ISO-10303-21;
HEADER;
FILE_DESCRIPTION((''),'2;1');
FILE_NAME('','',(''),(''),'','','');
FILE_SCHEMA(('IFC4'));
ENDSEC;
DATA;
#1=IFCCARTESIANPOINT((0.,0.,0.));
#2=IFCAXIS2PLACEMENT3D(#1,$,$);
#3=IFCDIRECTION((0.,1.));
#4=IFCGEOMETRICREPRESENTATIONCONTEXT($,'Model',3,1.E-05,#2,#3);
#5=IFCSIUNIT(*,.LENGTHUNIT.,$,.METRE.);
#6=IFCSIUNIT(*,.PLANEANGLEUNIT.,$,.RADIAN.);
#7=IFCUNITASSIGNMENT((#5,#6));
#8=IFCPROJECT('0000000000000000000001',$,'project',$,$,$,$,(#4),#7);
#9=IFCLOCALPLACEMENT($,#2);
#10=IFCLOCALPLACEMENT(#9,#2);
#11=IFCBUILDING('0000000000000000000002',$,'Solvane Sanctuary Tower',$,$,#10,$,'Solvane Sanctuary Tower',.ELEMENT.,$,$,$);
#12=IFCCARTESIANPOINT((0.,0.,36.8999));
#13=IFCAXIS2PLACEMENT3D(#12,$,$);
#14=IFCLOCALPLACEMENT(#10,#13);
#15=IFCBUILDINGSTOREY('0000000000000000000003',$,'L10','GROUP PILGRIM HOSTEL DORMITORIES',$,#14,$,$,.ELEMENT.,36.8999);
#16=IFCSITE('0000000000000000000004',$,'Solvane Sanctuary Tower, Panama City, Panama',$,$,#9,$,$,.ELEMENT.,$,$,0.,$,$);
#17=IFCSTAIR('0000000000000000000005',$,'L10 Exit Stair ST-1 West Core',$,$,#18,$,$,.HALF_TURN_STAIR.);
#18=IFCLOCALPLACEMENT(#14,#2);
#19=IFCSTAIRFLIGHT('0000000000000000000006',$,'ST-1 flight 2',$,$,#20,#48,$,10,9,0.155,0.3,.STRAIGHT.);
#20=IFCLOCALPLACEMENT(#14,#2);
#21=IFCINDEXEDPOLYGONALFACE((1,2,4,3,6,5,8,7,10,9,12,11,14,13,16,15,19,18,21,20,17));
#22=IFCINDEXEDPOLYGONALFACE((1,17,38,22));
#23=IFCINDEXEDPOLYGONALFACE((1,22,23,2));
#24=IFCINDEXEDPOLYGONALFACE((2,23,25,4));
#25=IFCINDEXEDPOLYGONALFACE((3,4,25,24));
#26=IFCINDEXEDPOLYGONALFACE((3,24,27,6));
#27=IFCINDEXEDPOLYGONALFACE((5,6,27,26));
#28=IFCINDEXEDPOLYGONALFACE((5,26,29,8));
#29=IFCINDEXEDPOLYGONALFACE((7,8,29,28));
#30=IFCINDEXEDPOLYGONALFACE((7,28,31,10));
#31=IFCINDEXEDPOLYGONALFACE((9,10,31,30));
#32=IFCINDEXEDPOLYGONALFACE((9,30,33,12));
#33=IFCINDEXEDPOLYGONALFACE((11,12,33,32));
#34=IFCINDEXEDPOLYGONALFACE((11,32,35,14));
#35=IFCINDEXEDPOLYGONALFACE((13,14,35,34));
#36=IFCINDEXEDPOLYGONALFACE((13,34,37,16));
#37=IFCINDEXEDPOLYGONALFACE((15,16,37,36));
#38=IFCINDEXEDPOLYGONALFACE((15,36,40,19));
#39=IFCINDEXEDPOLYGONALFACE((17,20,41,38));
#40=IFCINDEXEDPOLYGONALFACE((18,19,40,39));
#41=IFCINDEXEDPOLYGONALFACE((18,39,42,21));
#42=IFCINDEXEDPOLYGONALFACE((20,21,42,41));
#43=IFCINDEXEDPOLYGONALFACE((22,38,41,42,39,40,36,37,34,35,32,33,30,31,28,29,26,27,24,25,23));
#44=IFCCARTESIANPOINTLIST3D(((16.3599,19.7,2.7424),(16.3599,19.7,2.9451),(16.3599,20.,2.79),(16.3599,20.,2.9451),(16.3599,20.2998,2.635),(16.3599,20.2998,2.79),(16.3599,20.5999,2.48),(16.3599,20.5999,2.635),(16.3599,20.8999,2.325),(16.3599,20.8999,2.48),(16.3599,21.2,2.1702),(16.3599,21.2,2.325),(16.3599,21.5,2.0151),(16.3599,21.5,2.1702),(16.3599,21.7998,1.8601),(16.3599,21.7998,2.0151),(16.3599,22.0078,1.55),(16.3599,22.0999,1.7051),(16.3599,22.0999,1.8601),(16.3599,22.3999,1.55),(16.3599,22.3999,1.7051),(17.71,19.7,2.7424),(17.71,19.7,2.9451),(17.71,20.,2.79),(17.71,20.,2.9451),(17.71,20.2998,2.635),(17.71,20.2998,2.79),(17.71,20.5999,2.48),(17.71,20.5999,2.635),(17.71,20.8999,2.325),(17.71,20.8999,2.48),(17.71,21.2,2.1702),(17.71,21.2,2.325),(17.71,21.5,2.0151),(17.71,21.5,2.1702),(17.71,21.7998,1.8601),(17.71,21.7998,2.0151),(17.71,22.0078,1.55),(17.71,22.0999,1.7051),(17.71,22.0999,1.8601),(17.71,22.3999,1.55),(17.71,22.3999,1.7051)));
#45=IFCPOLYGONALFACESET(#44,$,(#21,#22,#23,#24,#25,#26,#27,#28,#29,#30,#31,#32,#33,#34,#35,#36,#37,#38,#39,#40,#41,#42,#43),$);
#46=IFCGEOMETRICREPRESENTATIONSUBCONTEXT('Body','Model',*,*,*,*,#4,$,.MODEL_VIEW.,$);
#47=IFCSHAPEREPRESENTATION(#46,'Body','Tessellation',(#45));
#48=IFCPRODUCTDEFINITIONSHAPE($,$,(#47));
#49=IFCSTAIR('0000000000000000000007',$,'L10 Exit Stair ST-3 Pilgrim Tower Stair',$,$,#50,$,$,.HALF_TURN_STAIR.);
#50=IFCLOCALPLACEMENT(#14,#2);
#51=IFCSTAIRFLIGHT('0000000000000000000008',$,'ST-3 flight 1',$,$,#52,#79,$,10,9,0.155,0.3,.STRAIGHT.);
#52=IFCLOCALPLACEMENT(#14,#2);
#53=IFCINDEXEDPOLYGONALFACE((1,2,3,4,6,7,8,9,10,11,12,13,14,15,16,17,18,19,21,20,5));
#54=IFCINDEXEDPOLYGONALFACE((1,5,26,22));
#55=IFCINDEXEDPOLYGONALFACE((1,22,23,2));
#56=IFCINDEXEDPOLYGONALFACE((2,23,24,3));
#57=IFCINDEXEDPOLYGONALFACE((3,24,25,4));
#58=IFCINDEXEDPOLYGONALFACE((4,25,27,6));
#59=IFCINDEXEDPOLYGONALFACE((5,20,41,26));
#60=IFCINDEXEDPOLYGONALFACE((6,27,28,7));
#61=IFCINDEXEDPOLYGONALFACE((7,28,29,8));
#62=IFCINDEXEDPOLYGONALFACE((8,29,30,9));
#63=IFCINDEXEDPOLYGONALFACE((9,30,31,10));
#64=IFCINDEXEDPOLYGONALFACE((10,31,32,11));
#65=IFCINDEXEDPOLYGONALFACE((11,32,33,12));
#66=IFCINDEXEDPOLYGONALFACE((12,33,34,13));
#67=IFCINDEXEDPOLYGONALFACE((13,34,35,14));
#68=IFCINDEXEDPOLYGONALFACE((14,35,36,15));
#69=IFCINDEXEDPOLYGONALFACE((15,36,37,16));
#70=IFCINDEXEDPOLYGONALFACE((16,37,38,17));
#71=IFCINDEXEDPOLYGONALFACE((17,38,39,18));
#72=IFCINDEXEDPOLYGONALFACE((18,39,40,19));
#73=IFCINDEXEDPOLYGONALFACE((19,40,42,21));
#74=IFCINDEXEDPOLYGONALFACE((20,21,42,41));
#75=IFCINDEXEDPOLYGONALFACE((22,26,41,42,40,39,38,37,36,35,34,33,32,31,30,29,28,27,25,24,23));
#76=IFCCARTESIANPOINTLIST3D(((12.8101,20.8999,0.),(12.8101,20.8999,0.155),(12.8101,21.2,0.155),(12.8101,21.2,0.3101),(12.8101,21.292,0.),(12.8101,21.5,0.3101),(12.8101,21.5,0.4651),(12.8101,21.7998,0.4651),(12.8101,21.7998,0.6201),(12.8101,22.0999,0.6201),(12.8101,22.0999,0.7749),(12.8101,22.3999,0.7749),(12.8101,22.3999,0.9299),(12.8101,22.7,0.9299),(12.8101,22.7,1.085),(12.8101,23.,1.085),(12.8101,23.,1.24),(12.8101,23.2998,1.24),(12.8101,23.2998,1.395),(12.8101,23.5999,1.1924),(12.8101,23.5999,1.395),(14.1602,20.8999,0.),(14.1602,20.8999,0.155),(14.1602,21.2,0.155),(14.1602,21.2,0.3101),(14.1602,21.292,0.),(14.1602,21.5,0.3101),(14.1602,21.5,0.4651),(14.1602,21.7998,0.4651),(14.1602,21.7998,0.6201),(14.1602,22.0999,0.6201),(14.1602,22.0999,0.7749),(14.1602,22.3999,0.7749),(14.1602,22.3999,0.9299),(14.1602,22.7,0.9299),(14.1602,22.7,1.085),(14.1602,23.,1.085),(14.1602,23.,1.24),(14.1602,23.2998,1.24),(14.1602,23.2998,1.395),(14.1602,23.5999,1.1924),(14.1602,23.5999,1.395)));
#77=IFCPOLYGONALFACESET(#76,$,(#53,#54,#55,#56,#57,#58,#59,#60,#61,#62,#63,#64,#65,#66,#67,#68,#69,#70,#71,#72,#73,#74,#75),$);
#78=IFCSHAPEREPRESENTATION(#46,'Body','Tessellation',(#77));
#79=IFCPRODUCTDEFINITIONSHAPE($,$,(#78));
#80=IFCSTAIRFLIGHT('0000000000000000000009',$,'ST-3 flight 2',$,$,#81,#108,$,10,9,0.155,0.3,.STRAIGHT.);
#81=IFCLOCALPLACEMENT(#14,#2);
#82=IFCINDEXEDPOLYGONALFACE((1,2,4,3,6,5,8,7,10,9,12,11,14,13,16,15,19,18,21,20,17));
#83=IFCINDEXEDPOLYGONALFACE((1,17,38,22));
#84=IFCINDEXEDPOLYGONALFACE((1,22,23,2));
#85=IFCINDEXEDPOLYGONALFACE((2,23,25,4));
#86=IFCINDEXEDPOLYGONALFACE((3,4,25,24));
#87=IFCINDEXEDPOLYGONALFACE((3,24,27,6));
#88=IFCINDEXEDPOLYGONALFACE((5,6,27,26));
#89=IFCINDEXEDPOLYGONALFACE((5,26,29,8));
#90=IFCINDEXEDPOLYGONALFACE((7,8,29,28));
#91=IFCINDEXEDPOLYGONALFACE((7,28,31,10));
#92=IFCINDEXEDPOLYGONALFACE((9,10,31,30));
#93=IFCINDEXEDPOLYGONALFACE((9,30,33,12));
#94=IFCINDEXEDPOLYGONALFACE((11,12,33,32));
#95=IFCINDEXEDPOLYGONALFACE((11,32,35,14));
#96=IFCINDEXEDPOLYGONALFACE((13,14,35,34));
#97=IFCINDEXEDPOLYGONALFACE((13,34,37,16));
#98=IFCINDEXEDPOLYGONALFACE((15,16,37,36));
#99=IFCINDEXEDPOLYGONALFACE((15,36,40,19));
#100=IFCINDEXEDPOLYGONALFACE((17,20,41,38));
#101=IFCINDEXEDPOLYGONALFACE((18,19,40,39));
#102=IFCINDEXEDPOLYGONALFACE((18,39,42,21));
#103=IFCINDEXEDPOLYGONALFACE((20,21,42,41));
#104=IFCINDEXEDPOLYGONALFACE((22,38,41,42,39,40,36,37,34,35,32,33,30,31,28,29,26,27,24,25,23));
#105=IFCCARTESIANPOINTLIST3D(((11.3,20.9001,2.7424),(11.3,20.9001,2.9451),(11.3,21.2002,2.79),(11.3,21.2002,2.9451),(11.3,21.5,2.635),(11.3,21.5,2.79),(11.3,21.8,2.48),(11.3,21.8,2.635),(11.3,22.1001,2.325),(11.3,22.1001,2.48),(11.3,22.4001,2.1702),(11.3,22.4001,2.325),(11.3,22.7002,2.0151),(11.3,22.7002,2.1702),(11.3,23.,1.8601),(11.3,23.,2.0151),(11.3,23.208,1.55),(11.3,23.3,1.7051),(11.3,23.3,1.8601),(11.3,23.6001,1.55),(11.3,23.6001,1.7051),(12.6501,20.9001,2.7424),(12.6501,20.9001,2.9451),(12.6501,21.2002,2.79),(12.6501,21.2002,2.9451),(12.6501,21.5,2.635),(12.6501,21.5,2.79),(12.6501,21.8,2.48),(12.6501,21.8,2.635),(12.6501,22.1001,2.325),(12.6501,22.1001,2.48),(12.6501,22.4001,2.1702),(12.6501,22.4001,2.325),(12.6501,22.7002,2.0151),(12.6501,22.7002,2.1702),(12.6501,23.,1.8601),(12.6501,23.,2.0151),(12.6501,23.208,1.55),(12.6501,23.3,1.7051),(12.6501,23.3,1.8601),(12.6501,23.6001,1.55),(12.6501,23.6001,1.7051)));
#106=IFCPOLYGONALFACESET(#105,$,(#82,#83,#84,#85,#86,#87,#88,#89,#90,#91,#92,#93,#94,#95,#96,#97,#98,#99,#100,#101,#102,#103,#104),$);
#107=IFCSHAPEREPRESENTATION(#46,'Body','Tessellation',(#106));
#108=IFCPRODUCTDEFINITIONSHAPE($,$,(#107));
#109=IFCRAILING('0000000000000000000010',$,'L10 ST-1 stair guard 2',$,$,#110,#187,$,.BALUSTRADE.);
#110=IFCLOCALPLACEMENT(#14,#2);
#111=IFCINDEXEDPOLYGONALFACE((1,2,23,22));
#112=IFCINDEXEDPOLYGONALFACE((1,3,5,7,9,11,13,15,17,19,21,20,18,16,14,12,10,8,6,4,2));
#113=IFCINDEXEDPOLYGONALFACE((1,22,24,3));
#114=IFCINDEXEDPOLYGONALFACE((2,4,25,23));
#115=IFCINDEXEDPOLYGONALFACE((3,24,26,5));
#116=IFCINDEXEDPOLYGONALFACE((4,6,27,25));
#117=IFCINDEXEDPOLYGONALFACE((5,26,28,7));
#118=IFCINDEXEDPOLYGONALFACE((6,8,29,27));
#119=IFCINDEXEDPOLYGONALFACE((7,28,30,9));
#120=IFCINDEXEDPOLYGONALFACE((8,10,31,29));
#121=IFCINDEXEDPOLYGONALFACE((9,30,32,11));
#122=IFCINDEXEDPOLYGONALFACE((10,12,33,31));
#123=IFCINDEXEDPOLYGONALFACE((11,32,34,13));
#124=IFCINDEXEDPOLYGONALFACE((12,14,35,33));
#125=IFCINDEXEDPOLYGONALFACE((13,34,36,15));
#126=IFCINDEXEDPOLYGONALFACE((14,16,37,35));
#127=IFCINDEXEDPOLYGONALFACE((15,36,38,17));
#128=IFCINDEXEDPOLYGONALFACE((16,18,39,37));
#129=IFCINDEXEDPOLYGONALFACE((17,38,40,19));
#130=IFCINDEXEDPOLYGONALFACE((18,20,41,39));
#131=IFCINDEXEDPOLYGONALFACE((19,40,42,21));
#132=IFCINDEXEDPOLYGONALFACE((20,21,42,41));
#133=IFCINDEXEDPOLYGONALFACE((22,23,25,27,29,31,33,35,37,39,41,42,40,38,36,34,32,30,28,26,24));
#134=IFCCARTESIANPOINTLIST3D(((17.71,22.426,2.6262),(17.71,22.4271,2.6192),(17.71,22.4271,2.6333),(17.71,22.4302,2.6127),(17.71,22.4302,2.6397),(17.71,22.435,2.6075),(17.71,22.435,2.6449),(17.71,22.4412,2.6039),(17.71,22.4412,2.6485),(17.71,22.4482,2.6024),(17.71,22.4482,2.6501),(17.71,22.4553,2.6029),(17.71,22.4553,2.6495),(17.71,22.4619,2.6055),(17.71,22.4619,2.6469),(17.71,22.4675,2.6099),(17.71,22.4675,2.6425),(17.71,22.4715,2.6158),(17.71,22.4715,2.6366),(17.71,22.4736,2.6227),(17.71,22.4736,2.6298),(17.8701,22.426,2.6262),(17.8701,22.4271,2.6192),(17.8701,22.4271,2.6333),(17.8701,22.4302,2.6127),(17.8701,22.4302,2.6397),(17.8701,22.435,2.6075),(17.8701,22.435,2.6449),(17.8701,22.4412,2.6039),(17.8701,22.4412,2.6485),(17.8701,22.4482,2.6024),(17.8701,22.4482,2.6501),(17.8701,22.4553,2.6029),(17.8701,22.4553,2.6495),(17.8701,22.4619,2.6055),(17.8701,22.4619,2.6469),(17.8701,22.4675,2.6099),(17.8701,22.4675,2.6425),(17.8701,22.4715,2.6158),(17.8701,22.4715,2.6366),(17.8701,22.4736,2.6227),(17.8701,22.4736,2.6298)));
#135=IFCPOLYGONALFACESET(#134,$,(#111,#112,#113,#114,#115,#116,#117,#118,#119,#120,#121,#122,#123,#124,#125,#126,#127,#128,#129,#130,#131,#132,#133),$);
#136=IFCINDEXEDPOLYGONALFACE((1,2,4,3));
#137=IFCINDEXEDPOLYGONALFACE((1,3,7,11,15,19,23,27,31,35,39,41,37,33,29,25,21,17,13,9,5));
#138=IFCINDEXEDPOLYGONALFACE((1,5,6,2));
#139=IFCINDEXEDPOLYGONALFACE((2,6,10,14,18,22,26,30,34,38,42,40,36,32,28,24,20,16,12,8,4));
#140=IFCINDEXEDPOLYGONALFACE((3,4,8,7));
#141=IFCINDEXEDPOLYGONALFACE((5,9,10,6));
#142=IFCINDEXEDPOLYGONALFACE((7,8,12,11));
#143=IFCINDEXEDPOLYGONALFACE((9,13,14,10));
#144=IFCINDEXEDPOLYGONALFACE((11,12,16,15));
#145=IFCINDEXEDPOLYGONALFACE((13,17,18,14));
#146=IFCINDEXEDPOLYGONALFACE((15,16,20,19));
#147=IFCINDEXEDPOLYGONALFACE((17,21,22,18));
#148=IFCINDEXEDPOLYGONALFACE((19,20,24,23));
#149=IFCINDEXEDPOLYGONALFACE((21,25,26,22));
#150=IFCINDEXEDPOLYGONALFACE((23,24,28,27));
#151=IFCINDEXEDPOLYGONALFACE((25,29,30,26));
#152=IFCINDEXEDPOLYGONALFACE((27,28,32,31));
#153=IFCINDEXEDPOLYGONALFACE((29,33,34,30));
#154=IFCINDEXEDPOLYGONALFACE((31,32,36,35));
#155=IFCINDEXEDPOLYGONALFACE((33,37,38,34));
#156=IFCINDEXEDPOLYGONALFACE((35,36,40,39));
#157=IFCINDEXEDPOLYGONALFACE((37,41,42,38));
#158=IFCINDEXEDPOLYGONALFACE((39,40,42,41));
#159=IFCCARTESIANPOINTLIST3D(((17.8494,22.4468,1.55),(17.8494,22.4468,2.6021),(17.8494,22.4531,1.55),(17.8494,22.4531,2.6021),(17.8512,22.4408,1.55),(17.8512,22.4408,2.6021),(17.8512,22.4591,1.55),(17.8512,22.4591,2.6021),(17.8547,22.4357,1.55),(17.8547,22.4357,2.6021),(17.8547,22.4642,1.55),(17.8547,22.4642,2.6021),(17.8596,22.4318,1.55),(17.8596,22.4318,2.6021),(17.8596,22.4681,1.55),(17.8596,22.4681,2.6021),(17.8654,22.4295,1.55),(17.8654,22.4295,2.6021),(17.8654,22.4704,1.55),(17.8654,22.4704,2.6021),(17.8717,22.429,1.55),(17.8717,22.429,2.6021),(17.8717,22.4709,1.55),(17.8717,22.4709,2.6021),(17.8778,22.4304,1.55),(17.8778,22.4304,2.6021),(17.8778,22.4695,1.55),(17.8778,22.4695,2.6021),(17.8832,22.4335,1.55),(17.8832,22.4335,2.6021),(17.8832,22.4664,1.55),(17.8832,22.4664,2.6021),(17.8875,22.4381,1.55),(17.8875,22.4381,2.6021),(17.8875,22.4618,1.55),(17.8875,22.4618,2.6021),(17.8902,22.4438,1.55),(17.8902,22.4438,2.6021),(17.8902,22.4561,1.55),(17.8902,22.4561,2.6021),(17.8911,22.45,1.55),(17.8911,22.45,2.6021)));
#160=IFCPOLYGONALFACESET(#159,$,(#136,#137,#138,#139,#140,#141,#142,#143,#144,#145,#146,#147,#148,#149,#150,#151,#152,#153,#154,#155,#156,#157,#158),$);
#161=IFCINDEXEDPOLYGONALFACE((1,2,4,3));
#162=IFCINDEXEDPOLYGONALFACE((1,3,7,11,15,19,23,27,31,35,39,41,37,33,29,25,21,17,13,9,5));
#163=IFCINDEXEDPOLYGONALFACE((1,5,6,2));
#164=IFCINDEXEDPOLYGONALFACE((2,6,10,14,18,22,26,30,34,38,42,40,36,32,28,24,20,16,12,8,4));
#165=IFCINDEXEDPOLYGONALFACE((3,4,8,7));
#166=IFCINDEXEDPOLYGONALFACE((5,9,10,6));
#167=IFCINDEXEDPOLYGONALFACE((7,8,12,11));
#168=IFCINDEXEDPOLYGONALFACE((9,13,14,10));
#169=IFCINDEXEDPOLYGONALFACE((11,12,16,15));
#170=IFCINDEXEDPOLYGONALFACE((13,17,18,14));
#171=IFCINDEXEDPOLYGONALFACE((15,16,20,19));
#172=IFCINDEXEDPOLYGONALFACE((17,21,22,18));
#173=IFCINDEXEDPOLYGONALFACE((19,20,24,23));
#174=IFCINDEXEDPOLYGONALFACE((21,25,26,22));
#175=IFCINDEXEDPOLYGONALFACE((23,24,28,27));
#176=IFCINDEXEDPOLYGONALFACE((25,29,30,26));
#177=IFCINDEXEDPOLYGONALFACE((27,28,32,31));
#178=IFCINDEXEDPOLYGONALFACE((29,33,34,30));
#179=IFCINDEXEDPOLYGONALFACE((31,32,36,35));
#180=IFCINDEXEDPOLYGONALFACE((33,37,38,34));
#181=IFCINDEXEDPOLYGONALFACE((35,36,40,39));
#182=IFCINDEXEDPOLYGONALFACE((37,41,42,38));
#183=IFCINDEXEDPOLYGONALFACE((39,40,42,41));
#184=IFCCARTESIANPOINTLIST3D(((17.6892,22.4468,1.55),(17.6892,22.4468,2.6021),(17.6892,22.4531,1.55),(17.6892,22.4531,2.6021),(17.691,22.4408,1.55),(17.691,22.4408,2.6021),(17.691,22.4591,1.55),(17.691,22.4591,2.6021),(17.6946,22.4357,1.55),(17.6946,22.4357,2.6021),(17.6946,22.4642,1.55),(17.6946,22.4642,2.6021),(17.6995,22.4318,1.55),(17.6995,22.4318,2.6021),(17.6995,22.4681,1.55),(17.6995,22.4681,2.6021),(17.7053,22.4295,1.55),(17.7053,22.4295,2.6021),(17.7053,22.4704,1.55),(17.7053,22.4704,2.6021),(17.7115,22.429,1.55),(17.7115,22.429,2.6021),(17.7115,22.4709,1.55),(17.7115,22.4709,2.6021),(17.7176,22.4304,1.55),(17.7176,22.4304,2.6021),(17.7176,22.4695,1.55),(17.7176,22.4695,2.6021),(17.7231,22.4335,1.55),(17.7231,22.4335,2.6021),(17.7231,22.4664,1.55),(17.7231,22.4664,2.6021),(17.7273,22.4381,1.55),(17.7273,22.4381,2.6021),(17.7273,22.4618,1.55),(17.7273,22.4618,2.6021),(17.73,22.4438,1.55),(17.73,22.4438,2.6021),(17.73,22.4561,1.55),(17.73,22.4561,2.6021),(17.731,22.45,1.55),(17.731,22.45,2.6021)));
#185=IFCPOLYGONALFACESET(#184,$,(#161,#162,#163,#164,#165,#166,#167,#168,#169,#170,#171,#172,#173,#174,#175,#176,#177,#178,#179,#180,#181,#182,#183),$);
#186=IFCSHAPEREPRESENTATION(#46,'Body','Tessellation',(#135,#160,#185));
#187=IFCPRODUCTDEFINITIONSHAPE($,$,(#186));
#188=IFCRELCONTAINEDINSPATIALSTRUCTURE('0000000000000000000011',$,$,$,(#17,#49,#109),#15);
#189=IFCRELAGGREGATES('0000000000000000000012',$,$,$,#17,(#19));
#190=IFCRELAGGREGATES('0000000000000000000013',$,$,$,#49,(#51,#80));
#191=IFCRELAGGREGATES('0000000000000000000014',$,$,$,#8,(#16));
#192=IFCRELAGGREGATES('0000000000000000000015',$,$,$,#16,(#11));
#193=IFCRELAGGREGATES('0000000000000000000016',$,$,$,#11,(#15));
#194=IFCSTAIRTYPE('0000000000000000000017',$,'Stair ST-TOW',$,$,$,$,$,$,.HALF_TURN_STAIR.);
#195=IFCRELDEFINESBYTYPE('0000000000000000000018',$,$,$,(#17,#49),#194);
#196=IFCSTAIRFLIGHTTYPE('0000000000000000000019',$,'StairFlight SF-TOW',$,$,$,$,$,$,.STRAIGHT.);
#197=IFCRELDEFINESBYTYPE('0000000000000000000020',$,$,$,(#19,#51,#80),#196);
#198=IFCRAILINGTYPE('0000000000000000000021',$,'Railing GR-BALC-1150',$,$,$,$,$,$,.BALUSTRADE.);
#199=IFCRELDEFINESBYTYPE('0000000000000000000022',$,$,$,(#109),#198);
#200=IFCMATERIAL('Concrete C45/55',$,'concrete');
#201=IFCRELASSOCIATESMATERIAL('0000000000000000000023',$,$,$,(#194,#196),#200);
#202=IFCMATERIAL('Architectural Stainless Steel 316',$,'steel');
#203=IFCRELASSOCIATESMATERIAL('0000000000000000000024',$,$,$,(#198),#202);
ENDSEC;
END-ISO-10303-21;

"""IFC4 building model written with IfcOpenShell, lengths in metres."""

from ifc_helpers import new_model, si_unit, direction, frame, origin, origin_2d, place, context, subcontext, project, spatial, polyline, circle, outline, extrude, material, type_object, element, aggregate, save


model = new_model("IFC4")

# Units and contexts
model_context = context("Model", 3, precision=1e-05, world=origin(), true_north=direction((0.0, 1.0)))
body_context = subcontext(model_context, "Body", "Model", "MODEL_VIEW")
ifc_project = project(units=[si_unit("LENGTHUNIT", "METRE"), si_unit("PLANEANGLEUNIT", "RADIAN")], contexts=[model_context])

# Site, building, storey
site_placement = place(None, origin())
site = spatial("IfcSite", under=ifc_project, at=site_placement, Name="Solvane Sanctuary Tower, Panama City, Panama", CompositionType="ELEMENT", RefElevation=0.0)
building_placement = place(site_placement, origin())
building = spatial("IfcBuilding", under=site, at=building_placement, Name="Solvane Sanctuary Tower", LongName="Solvane Sanctuary Tower", CompositionType="ELEMENT")
storey_placement = place(building_placement, frame((0.0, 0.0, 36.8999)))
storey = spatial("IfcBuildingStorey", under=building, at=storey_placement, Name="L10", Description="GROUP PILGRIM HOSTEL DORMITORIES", CompositionType="ELEMENT", Elevation=36.8999)

# Stair, stair flight
ifc_material_1 = material(Name="Concrete C45/55", Category="concrete")
stair_type = type_object("IfcStairType", Name="Stair ST-TOW", PredefinedType="HALF_TURN_STAIR", material=ifc_material_1)
stair_1_placement = place(storey_placement, origin())
stair_1 = element("IfcStair", 1, at=stair_1_placement, inside=storey, type_object=stair_type, Name="L10 Exit Stair ST-1 West Core", PredefinedType="HALF_TURN_STAIR")
stair_flight_type = type_object("IfcStairFlightType", Name="StairFlight SF-TOW", PredefinedType="STRAIGHT", material=ifc_material_1)
stair_flight_1_placement = place(storey_placement, frame((17.0349, 22.3999, 1.55), z_axis=(0.0, 0.0, 1.0), x_axis=(0.0, -1.0, 0.0)))
stair_flight_1 = element("IfcStairFlight", 2, at=stair_flight_1_placement, type_object=stair_flight_type, Name="ST-1 flight 2", NumberOfRisers=10, NumberOfTreads=9, PredefinedType="STRAIGHT", RiserHeight=0.155, TreadLength=0.3, context=body_context, shape_type="SweptSolid", body=[
    extrude(outline(polyline([(0.0, 0.0), (0.0, 0.155), (0.3, 0.155), (0.3, 0.3101), (0.6001, 0.3101), (0.6001, 0.4651), (0.8999, 0.4651), (0.8999, 0.6201), (1.2, 0.6201), (1.2, 0.7749), (1.5, 0.7749), (1.5, 0.9299), (1.8, 0.9299), (1.8, 1.085), (2.1001, 1.085), (2.1001, 1.24), (2.3999, 1.24), (2.3999, 1.395), (2.7, 1.395), (2.7, 1.55), (2.7, 1.1924), (0.3921, 0.0), (0.0, 0.0)])), frame((0.0, 0.675, 0.0), z_axis=(0.0, -1.0, 0.0), x_axis=(1.0, 0.0, 0.0)), (0.0, 0.0, 1.0), 1.3501),
])
aggregate(stair_1, [stair_flight_1])

# Stair, stair flights
stair_2_placement = place(storey_placement, origin())
stair_2 = element("IfcStair", 3, at=stair_2_placement, inside=storey, type_object=stair_type, Name="L10 Exit Stair ST-3 Pilgrim Tower Stair", PredefinedType="HALF_TURN_STAIR")
stair_flight_2_placement = place(storey_placement, frame((13.4851, 20.8999, 0.0), z_axis=(0.0, 0.0, 1.0), x_axis=(0.0, 1.0, 0.0)))
stair_flight_2 = element("IfcStairFlight", 4, at=stair_flight_2_placement, type_object=stair_flight_type, Name="ST-3 flight 1", NumberOfRisers=10, NumberOfTreads=9, PredefinedType="STRAIGHT", RiserHeight=0.155, TreadLength=0.3, context=body_context, shape_type="SweptSolid", body=[
    extrude(outline(polyline([(0.0, 0.0), (0.0, 0.155), (0.3, 0.155), (0.3, 0.3101), (0.6001, 0.3101), (0.6001, 0.4651), (0.8999, 0.4651), (0.8999, 0.6201), (1.2, 0.6201), (1.2, 0.7749), (1.5, 0.7749), (1.5, 0.9299), (1.8, 0.9299), (1.8, 1.085), (2.1001, 1.085), (2.1001, 1.24), (2.3999, 1.24), (2.3999, 1.395), (2.7, 1.395), (2.7, 1.55), (2.7, 1.1924), (0.3921, 0.0), (0.0, 0.0)])), frame((0.0, 0.675, 0.0), z_axis=(0.0, -1.0, 0.0), x_axis=(1.0, 0.0, 0.0)), (0.0, 0.0, 1.0), 1.3501),
])
stair_flight_3_placement = place(storey_placement, frame((11.9751, 23.6001, 1.55), z_axis=(0.0, 0.0, 1.0), x_axis=(0.0, -1.0, 0.0)))
stair_flight_3 = element("IfcStairFlight", 5, at=stair_flight_3_placement, type_object=stair_flight_type, Name="ST-3 flight 2", NumberOfRisers=10, NumberOfTreads=9, PredefinedType="STRAIGHT", RiserHeight=0.155, TreadLength=0.3, context=body_context, shape_type="SweptSolid", body=[
    extrude(outline(polyline([(0.0, 0.0), (0.0, 0.155), (0.3, 0.155), (0.3, 0.3101), (0.6001, 0.3101), (0.6001, 0.4651), (0.8999, 0.4651), (0.8999, 0.6201), (1.2, 0.6201), (1.2, 0.7749), (1.5, 0.7749), (1.5, 0.9299), (1.8, 0.9299), (1.8, 1.085), (2.1001, 1.085), (2.1001, 1.24), (2.3999, 1.24), (2.3999, 1.395), (2.7, 1.395), (2.7, 1.55), (2.7, 1.1924), (0.3921, 0.0), (0.0, 0.0)])), frame((0.0, 0.675, 0.0), z_axis=(0.0, -1.0, 0.0), x_axis=(1.0, 0.0, 0.0)), (0.0, 0.0, 1.0), 1.3501),
])
aggregate(stair_2, [stair_flight_2, stair_flight_3])

# Railing
ifc_material_2 = material(Name="Architectural Stainless Steel 316", Category="steel")
railing_type_1 = type_object("IfcRailingType", Name="Railing GR-BALC-1150", PredefinedType="BALUSTRADE", material=ifc_material_2)
railing_1_placement = place(storey_placement, frame((17.8701, 22.45, 1.55)))
element("IfcRailing", 6, at=railing_1_placement, inside=storey, type_object=railing_type_1, Name="L10 ST-1 stair guard 2", PredefinedType="BALUSTRADE", context=body_context, shape_type="SweptSolid", body=[
    extrude(circle(Radius=0.0239, at=origin_2d()), frame((0.0, 0.0, 1.0762), z_axis=(-1.0, 0.0, 0.0), x_axis=(0.0, -1.0, 0.0)), (0.0, 0.0, 1.0), 0.1602),
    extrude(circle(Radius=0.021, at=origin_2d()), origin(), (0.0, 0.0, 1.0), 1.052),
    extrude(circle(Radius=0.021, at=origin_2d()), frame((-0.1602, 0.0, 0.0)), (0.0, 0.0, 1.0), 1.052),
])

save(model, "model.ifc")
